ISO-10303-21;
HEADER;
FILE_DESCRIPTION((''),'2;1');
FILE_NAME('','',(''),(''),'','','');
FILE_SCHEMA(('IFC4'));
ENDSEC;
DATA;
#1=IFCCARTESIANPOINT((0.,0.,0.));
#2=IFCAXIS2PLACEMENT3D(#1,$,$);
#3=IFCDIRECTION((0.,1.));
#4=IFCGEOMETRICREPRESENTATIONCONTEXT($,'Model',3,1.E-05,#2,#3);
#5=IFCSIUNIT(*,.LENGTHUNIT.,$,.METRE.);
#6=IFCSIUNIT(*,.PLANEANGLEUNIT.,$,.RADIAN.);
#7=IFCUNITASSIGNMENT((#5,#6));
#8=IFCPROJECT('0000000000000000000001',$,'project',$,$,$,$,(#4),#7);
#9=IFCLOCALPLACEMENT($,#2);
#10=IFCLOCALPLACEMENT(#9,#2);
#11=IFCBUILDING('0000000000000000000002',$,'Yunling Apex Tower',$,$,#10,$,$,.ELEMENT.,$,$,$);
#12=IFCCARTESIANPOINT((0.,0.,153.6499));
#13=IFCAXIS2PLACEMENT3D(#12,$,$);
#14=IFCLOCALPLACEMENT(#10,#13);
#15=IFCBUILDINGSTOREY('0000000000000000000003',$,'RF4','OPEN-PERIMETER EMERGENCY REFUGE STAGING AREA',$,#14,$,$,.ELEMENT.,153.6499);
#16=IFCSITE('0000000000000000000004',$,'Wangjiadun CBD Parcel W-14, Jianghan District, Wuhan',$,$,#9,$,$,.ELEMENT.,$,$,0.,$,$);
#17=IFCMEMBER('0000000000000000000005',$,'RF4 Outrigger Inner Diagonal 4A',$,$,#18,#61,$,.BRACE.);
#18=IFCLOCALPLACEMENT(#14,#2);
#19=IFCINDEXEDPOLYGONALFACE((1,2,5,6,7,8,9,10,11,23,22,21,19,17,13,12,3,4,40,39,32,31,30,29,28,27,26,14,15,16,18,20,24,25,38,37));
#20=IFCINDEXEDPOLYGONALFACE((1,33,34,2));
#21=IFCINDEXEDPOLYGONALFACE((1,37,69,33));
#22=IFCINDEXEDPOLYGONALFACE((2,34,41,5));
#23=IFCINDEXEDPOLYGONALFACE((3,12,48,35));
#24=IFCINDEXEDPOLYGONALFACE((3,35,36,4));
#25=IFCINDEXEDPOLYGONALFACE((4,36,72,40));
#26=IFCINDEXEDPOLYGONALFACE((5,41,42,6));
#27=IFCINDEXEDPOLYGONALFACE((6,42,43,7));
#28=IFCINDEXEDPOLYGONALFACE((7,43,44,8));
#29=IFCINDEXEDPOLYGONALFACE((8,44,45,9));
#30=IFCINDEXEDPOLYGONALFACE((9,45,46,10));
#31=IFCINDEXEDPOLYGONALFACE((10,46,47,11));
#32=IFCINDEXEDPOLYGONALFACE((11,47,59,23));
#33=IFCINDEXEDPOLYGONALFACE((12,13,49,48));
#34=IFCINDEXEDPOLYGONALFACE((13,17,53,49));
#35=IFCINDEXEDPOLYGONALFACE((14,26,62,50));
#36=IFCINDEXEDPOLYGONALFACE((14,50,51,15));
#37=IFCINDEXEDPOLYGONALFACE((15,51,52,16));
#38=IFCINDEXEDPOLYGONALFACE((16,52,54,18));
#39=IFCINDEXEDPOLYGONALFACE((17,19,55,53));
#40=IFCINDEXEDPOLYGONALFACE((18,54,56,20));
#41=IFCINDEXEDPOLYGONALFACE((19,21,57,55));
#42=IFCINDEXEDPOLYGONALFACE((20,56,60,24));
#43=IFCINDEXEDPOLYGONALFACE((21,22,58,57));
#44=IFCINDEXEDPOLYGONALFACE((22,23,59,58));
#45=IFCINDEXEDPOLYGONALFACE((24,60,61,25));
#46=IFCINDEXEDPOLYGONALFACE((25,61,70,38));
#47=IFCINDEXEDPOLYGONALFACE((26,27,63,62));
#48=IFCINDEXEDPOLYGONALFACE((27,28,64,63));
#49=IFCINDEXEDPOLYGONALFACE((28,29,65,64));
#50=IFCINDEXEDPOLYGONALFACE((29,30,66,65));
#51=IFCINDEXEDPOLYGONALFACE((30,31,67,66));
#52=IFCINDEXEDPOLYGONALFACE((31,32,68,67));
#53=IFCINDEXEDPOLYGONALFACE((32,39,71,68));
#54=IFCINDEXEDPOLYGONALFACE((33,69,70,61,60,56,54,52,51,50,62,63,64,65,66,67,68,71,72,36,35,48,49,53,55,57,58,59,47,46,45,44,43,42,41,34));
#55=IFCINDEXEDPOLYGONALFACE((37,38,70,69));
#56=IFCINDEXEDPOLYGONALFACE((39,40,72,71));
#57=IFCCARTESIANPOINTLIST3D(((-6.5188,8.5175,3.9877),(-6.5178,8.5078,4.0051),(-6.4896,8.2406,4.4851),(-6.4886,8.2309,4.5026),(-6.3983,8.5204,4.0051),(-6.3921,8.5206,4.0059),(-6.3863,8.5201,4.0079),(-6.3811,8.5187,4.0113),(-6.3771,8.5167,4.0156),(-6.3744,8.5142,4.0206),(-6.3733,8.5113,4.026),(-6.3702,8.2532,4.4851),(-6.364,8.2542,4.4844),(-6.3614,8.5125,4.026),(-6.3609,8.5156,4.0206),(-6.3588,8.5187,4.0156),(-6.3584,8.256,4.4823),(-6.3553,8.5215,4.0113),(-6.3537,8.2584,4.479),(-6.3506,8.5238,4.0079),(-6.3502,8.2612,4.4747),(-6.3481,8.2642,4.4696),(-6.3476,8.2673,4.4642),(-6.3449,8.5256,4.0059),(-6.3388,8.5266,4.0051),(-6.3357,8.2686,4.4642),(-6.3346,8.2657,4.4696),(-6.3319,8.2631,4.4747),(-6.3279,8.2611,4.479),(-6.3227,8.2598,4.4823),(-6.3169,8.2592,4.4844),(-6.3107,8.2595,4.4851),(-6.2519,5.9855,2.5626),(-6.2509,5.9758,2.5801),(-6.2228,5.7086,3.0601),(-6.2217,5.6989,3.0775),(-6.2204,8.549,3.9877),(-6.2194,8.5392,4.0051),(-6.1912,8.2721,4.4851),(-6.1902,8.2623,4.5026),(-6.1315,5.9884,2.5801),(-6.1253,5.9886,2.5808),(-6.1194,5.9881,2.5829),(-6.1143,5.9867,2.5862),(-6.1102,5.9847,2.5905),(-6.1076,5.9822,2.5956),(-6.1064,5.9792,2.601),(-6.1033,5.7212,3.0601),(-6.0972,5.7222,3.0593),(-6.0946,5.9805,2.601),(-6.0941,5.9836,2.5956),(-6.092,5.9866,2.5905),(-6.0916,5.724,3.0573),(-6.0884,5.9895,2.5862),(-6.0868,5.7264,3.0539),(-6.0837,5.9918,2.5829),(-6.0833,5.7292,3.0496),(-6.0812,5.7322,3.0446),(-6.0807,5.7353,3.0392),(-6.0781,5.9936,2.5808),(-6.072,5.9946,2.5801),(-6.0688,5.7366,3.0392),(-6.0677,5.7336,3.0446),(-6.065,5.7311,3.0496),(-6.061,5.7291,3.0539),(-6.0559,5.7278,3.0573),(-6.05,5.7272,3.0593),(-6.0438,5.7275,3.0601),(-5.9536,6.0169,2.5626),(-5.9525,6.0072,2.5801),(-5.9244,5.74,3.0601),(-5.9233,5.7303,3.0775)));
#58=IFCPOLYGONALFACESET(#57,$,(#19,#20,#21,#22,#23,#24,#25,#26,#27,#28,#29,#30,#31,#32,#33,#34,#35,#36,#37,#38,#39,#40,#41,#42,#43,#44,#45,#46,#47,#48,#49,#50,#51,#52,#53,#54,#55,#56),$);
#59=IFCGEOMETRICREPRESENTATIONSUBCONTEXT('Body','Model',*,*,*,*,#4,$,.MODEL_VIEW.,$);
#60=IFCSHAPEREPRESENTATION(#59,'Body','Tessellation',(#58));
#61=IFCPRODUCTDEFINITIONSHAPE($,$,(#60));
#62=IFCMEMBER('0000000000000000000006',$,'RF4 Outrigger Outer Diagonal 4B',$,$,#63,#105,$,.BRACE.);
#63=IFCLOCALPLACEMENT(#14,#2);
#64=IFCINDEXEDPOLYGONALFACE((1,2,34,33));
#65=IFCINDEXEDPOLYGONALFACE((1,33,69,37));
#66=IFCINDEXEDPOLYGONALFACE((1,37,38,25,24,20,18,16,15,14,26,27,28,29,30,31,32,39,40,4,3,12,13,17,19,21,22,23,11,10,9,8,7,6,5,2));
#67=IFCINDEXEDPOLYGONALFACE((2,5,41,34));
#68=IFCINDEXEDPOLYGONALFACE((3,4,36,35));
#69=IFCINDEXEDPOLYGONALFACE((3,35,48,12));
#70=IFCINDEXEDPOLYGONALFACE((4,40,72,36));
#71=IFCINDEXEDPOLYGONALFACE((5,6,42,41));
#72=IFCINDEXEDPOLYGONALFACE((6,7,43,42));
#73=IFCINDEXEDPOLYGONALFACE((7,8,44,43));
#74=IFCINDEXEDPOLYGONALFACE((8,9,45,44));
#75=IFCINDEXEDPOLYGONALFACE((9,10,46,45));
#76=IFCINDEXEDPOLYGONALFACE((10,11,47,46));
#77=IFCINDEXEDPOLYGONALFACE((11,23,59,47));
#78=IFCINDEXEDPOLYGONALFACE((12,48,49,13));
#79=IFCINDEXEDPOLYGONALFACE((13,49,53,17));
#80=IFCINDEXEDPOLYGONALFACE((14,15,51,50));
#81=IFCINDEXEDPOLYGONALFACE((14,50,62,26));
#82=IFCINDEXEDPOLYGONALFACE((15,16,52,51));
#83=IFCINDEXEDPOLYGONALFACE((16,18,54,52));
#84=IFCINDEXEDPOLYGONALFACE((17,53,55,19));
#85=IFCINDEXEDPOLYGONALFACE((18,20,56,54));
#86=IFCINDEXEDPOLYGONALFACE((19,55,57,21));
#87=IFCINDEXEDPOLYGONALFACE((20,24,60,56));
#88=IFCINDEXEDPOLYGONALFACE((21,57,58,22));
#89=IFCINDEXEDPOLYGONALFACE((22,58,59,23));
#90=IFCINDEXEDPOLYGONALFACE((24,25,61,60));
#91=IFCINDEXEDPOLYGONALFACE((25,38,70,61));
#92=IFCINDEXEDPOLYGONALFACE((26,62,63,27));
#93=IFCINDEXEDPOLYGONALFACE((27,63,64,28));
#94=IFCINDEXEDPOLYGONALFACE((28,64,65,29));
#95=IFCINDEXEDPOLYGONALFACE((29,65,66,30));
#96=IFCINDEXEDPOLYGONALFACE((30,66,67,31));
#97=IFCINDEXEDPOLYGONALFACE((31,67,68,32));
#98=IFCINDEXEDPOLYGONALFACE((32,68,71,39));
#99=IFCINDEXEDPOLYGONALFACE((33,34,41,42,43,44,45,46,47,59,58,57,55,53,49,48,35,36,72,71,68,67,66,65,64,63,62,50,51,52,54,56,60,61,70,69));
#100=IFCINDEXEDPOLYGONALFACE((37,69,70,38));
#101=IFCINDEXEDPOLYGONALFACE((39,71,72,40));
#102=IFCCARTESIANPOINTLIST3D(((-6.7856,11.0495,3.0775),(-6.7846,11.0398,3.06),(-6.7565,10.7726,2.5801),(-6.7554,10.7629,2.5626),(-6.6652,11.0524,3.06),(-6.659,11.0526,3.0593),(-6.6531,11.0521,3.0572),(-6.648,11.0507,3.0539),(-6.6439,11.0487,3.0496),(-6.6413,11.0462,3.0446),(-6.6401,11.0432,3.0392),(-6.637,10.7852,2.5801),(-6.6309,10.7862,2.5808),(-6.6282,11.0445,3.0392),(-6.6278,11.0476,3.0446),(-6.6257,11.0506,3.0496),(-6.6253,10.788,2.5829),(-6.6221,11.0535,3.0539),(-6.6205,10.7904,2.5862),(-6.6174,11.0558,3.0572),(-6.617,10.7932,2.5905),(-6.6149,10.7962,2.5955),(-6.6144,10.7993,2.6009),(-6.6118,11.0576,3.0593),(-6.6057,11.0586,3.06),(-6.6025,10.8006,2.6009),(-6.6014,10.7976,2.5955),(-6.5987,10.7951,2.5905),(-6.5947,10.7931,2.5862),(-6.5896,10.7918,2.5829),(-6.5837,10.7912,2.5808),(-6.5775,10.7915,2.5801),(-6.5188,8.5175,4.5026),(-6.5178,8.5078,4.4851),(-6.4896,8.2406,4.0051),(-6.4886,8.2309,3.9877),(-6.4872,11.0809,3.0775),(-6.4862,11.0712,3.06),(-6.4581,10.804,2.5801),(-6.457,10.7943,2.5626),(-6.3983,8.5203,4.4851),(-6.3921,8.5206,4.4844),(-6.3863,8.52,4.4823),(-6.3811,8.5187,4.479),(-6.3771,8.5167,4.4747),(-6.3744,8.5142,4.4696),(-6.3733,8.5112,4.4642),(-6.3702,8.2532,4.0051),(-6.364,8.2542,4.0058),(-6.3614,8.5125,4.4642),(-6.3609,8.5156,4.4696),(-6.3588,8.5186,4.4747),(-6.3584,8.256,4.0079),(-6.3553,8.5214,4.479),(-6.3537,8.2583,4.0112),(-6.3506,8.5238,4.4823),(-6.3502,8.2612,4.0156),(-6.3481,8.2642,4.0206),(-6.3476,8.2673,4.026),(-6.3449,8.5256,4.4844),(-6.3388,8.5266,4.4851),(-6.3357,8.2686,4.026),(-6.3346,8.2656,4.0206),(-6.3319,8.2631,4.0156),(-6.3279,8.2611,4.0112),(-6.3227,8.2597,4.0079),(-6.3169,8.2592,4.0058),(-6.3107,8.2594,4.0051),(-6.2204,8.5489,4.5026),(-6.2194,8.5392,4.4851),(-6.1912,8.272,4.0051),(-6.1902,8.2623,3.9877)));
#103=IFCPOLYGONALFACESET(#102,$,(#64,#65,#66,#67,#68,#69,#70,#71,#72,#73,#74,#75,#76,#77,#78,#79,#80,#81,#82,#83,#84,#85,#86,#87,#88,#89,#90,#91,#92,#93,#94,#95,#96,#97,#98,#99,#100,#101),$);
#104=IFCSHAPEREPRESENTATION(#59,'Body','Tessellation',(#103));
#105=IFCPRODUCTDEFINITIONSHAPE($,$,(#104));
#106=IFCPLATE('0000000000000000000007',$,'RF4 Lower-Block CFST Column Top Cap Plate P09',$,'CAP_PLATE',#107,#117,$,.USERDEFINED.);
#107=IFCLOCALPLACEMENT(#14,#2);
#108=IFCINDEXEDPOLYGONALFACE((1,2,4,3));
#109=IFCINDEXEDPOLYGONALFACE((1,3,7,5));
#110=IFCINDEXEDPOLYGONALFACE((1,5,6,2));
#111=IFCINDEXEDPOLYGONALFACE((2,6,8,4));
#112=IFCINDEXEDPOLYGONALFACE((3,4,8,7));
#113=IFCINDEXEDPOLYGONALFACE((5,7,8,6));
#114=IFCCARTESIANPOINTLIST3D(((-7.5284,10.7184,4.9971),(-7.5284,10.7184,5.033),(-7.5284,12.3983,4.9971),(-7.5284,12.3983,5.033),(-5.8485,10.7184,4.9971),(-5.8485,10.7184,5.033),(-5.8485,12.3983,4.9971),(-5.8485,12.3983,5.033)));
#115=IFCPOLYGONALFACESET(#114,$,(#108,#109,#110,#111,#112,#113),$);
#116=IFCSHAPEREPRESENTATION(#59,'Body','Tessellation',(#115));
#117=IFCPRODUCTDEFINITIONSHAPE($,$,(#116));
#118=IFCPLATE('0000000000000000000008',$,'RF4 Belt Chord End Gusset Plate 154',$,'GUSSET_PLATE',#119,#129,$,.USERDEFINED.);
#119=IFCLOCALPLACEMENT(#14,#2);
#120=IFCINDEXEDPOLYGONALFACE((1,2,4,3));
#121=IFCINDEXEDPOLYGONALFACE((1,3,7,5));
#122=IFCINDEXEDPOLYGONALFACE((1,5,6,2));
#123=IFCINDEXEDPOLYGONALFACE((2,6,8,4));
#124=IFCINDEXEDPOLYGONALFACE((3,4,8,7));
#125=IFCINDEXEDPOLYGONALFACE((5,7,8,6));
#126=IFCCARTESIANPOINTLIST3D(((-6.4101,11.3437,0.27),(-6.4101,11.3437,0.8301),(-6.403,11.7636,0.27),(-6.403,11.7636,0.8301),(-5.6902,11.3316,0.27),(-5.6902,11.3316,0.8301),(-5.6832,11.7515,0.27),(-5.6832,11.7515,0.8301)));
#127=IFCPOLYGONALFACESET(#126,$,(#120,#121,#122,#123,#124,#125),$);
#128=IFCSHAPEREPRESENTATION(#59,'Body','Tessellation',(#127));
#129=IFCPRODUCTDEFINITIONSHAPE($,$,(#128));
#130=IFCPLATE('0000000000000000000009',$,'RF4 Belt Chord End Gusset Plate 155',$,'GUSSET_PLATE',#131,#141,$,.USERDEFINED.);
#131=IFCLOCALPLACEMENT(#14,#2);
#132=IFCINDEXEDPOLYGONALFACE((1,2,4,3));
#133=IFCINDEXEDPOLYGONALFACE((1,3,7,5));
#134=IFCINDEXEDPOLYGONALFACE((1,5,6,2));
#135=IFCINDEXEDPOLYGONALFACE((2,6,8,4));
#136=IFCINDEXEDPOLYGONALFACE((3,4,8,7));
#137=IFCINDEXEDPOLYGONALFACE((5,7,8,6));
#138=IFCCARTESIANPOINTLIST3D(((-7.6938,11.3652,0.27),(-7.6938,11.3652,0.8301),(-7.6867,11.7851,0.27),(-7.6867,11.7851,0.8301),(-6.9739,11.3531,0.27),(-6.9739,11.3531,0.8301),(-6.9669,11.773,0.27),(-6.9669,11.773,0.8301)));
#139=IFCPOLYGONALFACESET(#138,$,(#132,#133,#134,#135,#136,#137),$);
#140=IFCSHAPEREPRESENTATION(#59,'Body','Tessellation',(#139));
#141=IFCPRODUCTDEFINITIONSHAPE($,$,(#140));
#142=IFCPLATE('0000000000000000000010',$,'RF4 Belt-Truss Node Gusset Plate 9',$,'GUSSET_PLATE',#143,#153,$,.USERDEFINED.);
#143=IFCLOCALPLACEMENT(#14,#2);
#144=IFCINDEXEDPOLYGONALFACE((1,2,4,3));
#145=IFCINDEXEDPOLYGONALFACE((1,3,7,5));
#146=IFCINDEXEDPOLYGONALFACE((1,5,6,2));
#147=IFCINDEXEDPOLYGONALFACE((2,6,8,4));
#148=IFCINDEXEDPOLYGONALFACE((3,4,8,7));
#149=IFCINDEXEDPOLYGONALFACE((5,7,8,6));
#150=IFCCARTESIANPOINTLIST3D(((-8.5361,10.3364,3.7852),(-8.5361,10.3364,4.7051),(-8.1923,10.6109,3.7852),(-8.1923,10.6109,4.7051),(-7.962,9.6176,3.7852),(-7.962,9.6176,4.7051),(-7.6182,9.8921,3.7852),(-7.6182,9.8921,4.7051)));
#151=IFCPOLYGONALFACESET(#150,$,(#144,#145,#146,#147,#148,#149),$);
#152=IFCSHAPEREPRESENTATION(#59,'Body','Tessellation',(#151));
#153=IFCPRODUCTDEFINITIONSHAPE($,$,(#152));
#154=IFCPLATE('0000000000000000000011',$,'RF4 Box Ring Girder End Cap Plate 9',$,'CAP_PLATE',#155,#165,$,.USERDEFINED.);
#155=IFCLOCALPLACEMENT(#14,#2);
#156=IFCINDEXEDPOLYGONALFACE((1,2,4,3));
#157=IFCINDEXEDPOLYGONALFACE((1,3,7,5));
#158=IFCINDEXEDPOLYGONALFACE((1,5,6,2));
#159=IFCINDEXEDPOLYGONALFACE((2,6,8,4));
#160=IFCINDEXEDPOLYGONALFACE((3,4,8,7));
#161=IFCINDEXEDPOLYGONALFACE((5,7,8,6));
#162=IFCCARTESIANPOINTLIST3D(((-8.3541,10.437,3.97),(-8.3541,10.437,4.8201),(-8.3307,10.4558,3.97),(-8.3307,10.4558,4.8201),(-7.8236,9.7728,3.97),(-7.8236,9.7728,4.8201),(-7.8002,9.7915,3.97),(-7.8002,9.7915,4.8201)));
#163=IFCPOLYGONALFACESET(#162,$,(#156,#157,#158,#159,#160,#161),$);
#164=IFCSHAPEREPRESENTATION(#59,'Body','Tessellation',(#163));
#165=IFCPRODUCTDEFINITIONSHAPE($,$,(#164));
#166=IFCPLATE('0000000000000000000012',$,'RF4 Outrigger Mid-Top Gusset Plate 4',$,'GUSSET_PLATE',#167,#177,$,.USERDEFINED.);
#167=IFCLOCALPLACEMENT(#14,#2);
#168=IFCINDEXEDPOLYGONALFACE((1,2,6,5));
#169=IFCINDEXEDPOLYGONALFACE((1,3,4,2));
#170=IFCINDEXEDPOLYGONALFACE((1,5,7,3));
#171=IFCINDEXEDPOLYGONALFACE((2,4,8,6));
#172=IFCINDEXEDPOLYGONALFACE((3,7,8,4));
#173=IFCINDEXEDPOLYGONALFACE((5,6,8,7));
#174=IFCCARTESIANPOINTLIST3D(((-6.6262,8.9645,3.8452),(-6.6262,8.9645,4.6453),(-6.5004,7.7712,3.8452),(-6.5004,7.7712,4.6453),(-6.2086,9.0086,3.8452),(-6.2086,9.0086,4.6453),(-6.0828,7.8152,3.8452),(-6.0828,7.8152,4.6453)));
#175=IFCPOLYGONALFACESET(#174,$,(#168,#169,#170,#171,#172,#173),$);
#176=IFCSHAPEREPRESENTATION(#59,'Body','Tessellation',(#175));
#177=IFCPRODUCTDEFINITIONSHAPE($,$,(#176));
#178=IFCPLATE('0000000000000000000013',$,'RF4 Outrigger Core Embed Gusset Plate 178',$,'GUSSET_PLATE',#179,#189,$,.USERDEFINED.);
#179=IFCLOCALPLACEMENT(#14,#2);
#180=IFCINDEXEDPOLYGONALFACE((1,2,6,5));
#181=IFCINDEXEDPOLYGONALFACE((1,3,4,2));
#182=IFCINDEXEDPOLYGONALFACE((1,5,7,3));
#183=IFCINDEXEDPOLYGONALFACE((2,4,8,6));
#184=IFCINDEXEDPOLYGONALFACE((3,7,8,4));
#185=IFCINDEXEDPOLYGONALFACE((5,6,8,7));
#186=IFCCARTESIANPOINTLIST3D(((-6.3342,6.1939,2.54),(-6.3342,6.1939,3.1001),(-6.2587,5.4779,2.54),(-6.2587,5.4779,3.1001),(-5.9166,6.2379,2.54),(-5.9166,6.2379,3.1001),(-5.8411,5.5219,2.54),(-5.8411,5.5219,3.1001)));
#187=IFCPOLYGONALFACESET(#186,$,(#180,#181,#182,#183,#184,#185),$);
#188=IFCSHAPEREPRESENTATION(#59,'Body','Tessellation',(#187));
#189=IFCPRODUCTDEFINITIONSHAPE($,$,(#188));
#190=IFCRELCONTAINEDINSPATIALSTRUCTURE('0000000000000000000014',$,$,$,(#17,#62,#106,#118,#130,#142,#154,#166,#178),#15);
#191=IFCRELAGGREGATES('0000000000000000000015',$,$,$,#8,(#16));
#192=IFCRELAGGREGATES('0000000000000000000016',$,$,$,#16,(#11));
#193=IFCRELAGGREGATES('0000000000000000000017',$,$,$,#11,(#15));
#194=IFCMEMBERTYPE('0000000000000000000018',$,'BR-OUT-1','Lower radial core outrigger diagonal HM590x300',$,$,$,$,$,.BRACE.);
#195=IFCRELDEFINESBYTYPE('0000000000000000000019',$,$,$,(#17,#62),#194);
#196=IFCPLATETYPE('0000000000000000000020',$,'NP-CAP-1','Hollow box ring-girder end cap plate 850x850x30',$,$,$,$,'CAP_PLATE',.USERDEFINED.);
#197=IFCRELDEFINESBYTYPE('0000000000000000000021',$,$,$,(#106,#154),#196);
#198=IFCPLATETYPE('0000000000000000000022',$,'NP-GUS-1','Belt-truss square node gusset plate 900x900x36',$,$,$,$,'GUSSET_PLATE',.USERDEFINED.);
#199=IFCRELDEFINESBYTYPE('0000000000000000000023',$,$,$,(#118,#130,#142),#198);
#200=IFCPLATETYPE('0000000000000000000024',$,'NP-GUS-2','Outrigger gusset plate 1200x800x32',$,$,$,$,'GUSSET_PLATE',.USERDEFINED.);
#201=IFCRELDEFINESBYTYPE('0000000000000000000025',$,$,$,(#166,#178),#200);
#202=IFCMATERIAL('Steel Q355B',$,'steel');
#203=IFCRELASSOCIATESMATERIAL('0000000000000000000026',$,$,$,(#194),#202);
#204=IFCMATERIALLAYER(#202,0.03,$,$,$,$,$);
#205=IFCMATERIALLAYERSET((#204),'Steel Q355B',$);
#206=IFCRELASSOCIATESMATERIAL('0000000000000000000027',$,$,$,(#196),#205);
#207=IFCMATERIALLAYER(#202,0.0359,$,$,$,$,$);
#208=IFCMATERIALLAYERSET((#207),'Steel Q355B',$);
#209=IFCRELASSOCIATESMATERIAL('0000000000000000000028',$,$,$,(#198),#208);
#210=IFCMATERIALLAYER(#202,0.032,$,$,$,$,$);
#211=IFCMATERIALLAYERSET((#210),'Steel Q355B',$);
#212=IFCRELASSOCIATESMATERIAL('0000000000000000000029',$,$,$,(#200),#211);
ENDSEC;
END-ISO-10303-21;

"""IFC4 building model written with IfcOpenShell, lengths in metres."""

from ifc_helpers import new_model, si_unit, direction, frame, origin, origin_2d, place, context, subcontext, project, spatial, rectangle, i_section, extrude, source, transform, mapped, material, layer, layer_set, material_profile, profile_set, type_object, element, save


model = new_model("IFC4")

# Units and contexts
model_context = context("Model", 3, precision=1e-05, world=origin(), true_north=direction((0.0, 1.0)))
body_context = subcontext(model_context, "Body", "Model", "MODEL_VIEW")
ifc_project = project(units=[si_unit("LENGTHUNIT", "METRE"), si_unit("PLANEANGLEUNIT", "RADIAN")], contexts=[model_context])

# Site, building, storey
site_placement = place(None, origin())
site = spatial("IfcSite", under=ifc_project, at=site_placement, Name="Wangjiadun CBD Parcel W-14, Jianghan District, Wuhan", CompositionType="ELEMENT", RefElevation=0.0)
building_placement = place(site_placement, origin())
building = spatial("IfcBuilding", under=site, at=building_placement, Name="Yunling Apex Tower", CompositionType="ELEMENT")
storey_placement = place(building_placement, frame((0.0, 0.0, 153.6499)))
storey = spatial("IfcBuildingStorey", under=building, at=storey_placement, Name="RF4", Description="OPEN-PERIMETER EMERGENCY REFUGE STAGING AREA", CompositionType="ELEMENT", Elevation=153.6499)

# Members
ifc_material_1 = material(Name="Steel Q355B", Category="steel")
ifc_material_profile_1 = material_profile(ifc_material_1, i_section(OverallWidth=0.3, OverallDepth=0.5901, WebThickness=0.012, FlangeThickness=0.02, FilletRadius=0.0239, at=origin_2d()))
ifc_profile_set_1 = profile_set([ifc_material_profile_1], Name="Steel Q355B")
member_type_1 = type_object("IfcMemberType", Name="BR-OUT-1", Description="Lower radial core outrigger diagonal HM590x300", PredefinedType="BRACE", material=ifc_profile_set_1)
shared_shape_1 = source(origin(), body_context, "Body", "SweptSolid", [
    extrude(i_section(OverallWidth=0.3, OverallDepth=0.5901, WebThickness=0.012, FlangeThickness=0.02, FilletRadius=0.0239, at=origin_2d()), origin(), (0.0, 0.0, 1.0), 2.9177),
])
for number, where, z_axis, x_axis, name in (
    (1, (-6.0876, 5.8579, 2.8201), (-0.091458, 0.867804, 0.488417), (-0.994492, -0.10481, 0.0), "RF4 Outrigger Inner Diagonal 4A"),
    (2, (-6.3545, 8.3899, 4.2451), (-0.091458, 0.867804, -0.488417), (-0.994492, -0.10481, 0.0), "RF4 Outrigger Outer Diagonal 4B"),
):
    element("IfcMember", number, at=place(storey_placement, frame(where, z_axis=z_axis, x_axis=x_axis)), inside=storey, type_object=member_type_1, Name=name, PredefinedType="BRACE", context=body_context, shape_type="MappedRepresentation", body=[
        mapped(shared_shape_1, transform((0.0, 0.0, 0.0), scale=1.0)),
    ])

# Plates
ifc_layer_1 = layer(ifc_material_1, 0.03)
ifc_layer_set_1 = layer_set([ifc_layer_1], Name="Steel Q355B")
plate_type_1 = type_object("IfcPlateType", Name="NP-CAP-1", Description="Hollow box ring-girder end cap plate 850x850x30", ElementType="CAP_PLATE", PredefinedType="USERDEFINED", material=ifc_layer_set_1)
shared_shape_2 = source(origin(), body_context, "Body", "SweptSolid", [
    extrude(rectangle(XDim=1.6799, YDim=1.6799, at=origin_2d()), origin(), (0.0, 0.0, 1.0), 0.0359),
])
plate_1_placement = place(storey_placement, frame((-6.6885, 11.5583, 4.9971), z_axis=(0.0, 0.0, 1.0), x_axis=(1.0, 0.0, 0.0)))
element("IfcPlate", 3, at=plate_1_placement, inside=storey, type_object=plate_type_1, Name="RF4 Lower-Block CFST Column Top Cap Plate P09", ObjectType="CAP_PLATE", PredefinedType="USERDEFINED", context=body_context, shape_type="MappedRepresentation", body=[
    mapped(shared_shape_2, transform((0.0, 0.0, 0.0), scale=1.0)),
])
ifc_layer_2 = layer(ifc_material_1, 0.0359)
ifc_layer_set_2 = layer_set([ifc_layer_2], Name="Steel Q355B")
plate_type_2 = type_object("IfcPlateType", Name="NP-GUS-1", Description="Belt-truss square node gusset plate 900x900x36", ElementType="GUSSET_PLATE", PredefinedType="USERDEFINED", material=ifc_layer_set_2)
shared_shape_3 = source(origin(), body_context, "Body", "SweptSolid", [
    extrude(rectangle(XDim=0.72, YDim=0.4199, at=origin_2d()), origin(), (0.0, 0.0, 1.0), 0.5601),
])
for number, where, z_axis, x_axis, name in (
    (4, (-6.0466, 11.5476, 0.27), (0.0, 0.0, 1.0), (-0.99986, 0.016754, 0.0), "RF4 Belt Chord End Gusset Plate 154"),
    (5, (-7.3303, 11.5691, 0.27), (0.0, 0.0, 1.0), (-0.99986, 0.016754, 0.0), "RF4 Belt Chord End Gusset Plate 155"),
):
    element("IfcPlate", number, at=place(storey_placement, frame(where, z_axis=z_axis, x_axis=x_axis)), inside=storey, type_object=plate_type_2, Name=name, ObjectType="GUSSET_PLATE", PredefinedType="USERDEFINED", context=body_context, shape_type="MappedRepresentation", body=[
        mapped(shared_shape_3, transform((0.0, 0.0, 0.0), scale=1.0)),
    ])
shared_shape_4 = source(origin(), body_context, "Body", "SweptSolid", [
    extrude(rectangle(XDim=0.9199, YDim=0.4399, at=origin_2d()), origin(), (0.0, 0.0, 1.0), 0.9199),
])
plate_2_placement = place(storey_placement, frame((-8.0771, 10.1143, 3.7852), z_axis=(0.0, 0.0, 1.0), x_axis=(-0.624016, 0.781412, 0.0)))
element("IfcPlate", 6, at=plate_2_placement, inside=storey, type_object=plate_type_2, Name="RF4 Belt-Truss Node Gusset Plate 9", ObjectType="GUSSET_PLATE", PredefinedType="USERDEFINED", context=body_context, shape_type="MappedRepresentation", body=[
    mapped(shared_shape_4, transform((0.0, 0.0, 0.0), scale=1.0)),
])
shared_shape_5 = source(origin(), body_context, "Body", "SweptSolid", [
    extrude(rectangle(XDim=0.8501, YDim=0.03, at=origin_2d()), origin(), (0.0, 0.0, 1.0), 0.8501),
])
plate_3_placement = place(storey_placement, frame((-8.0771, 10.1143, 3.97), z_axis=(0.0, 0.0, 1.0), x_axis=(-0.624016, 0.781412, 0.0)))
element("IfcPlate", 7, at=plate_3_placement, inside=storey, type_object=plate_type_1, Name="RF4 Box Ring Girder End Cap Plate 9", ObjectType="CAP_PLATE", PredefinedType="USERDEFINED", context=body_context, shape_type="MappedRepresentation", body=[
    mapped(shared_shape_5, transform((0.0, 0.0, 0.0), scale=1.0)),
])
ifc_layer_3 = layer(ifc_material_1, 0.032)
ifc_layer_set_3 = layer_set([ifc_layer_3], Name="Steel Q355B")
plate_type_3 = type_object("IfcPlateType", Name="NP-GUS-2", Description="Outrigger gusset plate 1200x800x32", ElementType="GUSSET_PLATE", PredefinedType="USERDEFINED", material=ifc_layer_set_3)
shared_shape_6 = source(origin(), body_context, "Body", "SweptSolid", [
    extrude(rectangle(XDim=1.2, YDim=0.4199, at=origin_2d()), origin(), (0.0, 0.0, 1.0), 0.8),
])
plate_4_placement = place(storey_placement, frame((-6.3545, 8.3899, 3.8452), z_axis=(0.0, 0.0, 1.0), x_axis=(-0.104876, 0.994485, 0.0)))
element("IfcPlate", 8, at=plate_4_placement, inside=storey, type_object=plate_type_3, Name="RF4 Outrigger Mid-Top Gusset Plate 4", ObjectType="GUSSET_PLATE", PredefinedType="USERDEFINED", context=body_context, shape_type="MappedRepresentation", body=[
    mapped(shared_shape_6, transform((0.0, 0.0, 0.0), scale=1.0)),
])
shared_shape_7 = source(origin(), body_context, "Body", "SweptSolid", [
    extrude(rectangle(XDim=0.72, YDim=0.4199, at=origin_2d()), origin(), (0.0, 0.0, 1.0), 0.5601),
])
for number, where, z_axis, x_axis, name in (
    (9, (-6.0876, 5.8579, 2.54), (0.0, 0.0, 1.0), (-0.104876, 0.994485, 0.0), "RF4 Outrigger Core Embed Gusset Plate 178"),
):
    element("IfcPlate", number, at=place(storey_placement, frame(where, z_axis=z_axis, x_axis=x_axis)), inside=storey, type_object=plate_type_3, Name=name, ObjectType="GUSSET_PLATE", PredefinedType="USERDEFINED", context=body_context, shape_type="MappedRepresentation", body=[
        mapped(shared_shape_7, transform((0.0, 0.0, 0.0), scale=1.0)),
    ])

save(model, "model.ifc")
